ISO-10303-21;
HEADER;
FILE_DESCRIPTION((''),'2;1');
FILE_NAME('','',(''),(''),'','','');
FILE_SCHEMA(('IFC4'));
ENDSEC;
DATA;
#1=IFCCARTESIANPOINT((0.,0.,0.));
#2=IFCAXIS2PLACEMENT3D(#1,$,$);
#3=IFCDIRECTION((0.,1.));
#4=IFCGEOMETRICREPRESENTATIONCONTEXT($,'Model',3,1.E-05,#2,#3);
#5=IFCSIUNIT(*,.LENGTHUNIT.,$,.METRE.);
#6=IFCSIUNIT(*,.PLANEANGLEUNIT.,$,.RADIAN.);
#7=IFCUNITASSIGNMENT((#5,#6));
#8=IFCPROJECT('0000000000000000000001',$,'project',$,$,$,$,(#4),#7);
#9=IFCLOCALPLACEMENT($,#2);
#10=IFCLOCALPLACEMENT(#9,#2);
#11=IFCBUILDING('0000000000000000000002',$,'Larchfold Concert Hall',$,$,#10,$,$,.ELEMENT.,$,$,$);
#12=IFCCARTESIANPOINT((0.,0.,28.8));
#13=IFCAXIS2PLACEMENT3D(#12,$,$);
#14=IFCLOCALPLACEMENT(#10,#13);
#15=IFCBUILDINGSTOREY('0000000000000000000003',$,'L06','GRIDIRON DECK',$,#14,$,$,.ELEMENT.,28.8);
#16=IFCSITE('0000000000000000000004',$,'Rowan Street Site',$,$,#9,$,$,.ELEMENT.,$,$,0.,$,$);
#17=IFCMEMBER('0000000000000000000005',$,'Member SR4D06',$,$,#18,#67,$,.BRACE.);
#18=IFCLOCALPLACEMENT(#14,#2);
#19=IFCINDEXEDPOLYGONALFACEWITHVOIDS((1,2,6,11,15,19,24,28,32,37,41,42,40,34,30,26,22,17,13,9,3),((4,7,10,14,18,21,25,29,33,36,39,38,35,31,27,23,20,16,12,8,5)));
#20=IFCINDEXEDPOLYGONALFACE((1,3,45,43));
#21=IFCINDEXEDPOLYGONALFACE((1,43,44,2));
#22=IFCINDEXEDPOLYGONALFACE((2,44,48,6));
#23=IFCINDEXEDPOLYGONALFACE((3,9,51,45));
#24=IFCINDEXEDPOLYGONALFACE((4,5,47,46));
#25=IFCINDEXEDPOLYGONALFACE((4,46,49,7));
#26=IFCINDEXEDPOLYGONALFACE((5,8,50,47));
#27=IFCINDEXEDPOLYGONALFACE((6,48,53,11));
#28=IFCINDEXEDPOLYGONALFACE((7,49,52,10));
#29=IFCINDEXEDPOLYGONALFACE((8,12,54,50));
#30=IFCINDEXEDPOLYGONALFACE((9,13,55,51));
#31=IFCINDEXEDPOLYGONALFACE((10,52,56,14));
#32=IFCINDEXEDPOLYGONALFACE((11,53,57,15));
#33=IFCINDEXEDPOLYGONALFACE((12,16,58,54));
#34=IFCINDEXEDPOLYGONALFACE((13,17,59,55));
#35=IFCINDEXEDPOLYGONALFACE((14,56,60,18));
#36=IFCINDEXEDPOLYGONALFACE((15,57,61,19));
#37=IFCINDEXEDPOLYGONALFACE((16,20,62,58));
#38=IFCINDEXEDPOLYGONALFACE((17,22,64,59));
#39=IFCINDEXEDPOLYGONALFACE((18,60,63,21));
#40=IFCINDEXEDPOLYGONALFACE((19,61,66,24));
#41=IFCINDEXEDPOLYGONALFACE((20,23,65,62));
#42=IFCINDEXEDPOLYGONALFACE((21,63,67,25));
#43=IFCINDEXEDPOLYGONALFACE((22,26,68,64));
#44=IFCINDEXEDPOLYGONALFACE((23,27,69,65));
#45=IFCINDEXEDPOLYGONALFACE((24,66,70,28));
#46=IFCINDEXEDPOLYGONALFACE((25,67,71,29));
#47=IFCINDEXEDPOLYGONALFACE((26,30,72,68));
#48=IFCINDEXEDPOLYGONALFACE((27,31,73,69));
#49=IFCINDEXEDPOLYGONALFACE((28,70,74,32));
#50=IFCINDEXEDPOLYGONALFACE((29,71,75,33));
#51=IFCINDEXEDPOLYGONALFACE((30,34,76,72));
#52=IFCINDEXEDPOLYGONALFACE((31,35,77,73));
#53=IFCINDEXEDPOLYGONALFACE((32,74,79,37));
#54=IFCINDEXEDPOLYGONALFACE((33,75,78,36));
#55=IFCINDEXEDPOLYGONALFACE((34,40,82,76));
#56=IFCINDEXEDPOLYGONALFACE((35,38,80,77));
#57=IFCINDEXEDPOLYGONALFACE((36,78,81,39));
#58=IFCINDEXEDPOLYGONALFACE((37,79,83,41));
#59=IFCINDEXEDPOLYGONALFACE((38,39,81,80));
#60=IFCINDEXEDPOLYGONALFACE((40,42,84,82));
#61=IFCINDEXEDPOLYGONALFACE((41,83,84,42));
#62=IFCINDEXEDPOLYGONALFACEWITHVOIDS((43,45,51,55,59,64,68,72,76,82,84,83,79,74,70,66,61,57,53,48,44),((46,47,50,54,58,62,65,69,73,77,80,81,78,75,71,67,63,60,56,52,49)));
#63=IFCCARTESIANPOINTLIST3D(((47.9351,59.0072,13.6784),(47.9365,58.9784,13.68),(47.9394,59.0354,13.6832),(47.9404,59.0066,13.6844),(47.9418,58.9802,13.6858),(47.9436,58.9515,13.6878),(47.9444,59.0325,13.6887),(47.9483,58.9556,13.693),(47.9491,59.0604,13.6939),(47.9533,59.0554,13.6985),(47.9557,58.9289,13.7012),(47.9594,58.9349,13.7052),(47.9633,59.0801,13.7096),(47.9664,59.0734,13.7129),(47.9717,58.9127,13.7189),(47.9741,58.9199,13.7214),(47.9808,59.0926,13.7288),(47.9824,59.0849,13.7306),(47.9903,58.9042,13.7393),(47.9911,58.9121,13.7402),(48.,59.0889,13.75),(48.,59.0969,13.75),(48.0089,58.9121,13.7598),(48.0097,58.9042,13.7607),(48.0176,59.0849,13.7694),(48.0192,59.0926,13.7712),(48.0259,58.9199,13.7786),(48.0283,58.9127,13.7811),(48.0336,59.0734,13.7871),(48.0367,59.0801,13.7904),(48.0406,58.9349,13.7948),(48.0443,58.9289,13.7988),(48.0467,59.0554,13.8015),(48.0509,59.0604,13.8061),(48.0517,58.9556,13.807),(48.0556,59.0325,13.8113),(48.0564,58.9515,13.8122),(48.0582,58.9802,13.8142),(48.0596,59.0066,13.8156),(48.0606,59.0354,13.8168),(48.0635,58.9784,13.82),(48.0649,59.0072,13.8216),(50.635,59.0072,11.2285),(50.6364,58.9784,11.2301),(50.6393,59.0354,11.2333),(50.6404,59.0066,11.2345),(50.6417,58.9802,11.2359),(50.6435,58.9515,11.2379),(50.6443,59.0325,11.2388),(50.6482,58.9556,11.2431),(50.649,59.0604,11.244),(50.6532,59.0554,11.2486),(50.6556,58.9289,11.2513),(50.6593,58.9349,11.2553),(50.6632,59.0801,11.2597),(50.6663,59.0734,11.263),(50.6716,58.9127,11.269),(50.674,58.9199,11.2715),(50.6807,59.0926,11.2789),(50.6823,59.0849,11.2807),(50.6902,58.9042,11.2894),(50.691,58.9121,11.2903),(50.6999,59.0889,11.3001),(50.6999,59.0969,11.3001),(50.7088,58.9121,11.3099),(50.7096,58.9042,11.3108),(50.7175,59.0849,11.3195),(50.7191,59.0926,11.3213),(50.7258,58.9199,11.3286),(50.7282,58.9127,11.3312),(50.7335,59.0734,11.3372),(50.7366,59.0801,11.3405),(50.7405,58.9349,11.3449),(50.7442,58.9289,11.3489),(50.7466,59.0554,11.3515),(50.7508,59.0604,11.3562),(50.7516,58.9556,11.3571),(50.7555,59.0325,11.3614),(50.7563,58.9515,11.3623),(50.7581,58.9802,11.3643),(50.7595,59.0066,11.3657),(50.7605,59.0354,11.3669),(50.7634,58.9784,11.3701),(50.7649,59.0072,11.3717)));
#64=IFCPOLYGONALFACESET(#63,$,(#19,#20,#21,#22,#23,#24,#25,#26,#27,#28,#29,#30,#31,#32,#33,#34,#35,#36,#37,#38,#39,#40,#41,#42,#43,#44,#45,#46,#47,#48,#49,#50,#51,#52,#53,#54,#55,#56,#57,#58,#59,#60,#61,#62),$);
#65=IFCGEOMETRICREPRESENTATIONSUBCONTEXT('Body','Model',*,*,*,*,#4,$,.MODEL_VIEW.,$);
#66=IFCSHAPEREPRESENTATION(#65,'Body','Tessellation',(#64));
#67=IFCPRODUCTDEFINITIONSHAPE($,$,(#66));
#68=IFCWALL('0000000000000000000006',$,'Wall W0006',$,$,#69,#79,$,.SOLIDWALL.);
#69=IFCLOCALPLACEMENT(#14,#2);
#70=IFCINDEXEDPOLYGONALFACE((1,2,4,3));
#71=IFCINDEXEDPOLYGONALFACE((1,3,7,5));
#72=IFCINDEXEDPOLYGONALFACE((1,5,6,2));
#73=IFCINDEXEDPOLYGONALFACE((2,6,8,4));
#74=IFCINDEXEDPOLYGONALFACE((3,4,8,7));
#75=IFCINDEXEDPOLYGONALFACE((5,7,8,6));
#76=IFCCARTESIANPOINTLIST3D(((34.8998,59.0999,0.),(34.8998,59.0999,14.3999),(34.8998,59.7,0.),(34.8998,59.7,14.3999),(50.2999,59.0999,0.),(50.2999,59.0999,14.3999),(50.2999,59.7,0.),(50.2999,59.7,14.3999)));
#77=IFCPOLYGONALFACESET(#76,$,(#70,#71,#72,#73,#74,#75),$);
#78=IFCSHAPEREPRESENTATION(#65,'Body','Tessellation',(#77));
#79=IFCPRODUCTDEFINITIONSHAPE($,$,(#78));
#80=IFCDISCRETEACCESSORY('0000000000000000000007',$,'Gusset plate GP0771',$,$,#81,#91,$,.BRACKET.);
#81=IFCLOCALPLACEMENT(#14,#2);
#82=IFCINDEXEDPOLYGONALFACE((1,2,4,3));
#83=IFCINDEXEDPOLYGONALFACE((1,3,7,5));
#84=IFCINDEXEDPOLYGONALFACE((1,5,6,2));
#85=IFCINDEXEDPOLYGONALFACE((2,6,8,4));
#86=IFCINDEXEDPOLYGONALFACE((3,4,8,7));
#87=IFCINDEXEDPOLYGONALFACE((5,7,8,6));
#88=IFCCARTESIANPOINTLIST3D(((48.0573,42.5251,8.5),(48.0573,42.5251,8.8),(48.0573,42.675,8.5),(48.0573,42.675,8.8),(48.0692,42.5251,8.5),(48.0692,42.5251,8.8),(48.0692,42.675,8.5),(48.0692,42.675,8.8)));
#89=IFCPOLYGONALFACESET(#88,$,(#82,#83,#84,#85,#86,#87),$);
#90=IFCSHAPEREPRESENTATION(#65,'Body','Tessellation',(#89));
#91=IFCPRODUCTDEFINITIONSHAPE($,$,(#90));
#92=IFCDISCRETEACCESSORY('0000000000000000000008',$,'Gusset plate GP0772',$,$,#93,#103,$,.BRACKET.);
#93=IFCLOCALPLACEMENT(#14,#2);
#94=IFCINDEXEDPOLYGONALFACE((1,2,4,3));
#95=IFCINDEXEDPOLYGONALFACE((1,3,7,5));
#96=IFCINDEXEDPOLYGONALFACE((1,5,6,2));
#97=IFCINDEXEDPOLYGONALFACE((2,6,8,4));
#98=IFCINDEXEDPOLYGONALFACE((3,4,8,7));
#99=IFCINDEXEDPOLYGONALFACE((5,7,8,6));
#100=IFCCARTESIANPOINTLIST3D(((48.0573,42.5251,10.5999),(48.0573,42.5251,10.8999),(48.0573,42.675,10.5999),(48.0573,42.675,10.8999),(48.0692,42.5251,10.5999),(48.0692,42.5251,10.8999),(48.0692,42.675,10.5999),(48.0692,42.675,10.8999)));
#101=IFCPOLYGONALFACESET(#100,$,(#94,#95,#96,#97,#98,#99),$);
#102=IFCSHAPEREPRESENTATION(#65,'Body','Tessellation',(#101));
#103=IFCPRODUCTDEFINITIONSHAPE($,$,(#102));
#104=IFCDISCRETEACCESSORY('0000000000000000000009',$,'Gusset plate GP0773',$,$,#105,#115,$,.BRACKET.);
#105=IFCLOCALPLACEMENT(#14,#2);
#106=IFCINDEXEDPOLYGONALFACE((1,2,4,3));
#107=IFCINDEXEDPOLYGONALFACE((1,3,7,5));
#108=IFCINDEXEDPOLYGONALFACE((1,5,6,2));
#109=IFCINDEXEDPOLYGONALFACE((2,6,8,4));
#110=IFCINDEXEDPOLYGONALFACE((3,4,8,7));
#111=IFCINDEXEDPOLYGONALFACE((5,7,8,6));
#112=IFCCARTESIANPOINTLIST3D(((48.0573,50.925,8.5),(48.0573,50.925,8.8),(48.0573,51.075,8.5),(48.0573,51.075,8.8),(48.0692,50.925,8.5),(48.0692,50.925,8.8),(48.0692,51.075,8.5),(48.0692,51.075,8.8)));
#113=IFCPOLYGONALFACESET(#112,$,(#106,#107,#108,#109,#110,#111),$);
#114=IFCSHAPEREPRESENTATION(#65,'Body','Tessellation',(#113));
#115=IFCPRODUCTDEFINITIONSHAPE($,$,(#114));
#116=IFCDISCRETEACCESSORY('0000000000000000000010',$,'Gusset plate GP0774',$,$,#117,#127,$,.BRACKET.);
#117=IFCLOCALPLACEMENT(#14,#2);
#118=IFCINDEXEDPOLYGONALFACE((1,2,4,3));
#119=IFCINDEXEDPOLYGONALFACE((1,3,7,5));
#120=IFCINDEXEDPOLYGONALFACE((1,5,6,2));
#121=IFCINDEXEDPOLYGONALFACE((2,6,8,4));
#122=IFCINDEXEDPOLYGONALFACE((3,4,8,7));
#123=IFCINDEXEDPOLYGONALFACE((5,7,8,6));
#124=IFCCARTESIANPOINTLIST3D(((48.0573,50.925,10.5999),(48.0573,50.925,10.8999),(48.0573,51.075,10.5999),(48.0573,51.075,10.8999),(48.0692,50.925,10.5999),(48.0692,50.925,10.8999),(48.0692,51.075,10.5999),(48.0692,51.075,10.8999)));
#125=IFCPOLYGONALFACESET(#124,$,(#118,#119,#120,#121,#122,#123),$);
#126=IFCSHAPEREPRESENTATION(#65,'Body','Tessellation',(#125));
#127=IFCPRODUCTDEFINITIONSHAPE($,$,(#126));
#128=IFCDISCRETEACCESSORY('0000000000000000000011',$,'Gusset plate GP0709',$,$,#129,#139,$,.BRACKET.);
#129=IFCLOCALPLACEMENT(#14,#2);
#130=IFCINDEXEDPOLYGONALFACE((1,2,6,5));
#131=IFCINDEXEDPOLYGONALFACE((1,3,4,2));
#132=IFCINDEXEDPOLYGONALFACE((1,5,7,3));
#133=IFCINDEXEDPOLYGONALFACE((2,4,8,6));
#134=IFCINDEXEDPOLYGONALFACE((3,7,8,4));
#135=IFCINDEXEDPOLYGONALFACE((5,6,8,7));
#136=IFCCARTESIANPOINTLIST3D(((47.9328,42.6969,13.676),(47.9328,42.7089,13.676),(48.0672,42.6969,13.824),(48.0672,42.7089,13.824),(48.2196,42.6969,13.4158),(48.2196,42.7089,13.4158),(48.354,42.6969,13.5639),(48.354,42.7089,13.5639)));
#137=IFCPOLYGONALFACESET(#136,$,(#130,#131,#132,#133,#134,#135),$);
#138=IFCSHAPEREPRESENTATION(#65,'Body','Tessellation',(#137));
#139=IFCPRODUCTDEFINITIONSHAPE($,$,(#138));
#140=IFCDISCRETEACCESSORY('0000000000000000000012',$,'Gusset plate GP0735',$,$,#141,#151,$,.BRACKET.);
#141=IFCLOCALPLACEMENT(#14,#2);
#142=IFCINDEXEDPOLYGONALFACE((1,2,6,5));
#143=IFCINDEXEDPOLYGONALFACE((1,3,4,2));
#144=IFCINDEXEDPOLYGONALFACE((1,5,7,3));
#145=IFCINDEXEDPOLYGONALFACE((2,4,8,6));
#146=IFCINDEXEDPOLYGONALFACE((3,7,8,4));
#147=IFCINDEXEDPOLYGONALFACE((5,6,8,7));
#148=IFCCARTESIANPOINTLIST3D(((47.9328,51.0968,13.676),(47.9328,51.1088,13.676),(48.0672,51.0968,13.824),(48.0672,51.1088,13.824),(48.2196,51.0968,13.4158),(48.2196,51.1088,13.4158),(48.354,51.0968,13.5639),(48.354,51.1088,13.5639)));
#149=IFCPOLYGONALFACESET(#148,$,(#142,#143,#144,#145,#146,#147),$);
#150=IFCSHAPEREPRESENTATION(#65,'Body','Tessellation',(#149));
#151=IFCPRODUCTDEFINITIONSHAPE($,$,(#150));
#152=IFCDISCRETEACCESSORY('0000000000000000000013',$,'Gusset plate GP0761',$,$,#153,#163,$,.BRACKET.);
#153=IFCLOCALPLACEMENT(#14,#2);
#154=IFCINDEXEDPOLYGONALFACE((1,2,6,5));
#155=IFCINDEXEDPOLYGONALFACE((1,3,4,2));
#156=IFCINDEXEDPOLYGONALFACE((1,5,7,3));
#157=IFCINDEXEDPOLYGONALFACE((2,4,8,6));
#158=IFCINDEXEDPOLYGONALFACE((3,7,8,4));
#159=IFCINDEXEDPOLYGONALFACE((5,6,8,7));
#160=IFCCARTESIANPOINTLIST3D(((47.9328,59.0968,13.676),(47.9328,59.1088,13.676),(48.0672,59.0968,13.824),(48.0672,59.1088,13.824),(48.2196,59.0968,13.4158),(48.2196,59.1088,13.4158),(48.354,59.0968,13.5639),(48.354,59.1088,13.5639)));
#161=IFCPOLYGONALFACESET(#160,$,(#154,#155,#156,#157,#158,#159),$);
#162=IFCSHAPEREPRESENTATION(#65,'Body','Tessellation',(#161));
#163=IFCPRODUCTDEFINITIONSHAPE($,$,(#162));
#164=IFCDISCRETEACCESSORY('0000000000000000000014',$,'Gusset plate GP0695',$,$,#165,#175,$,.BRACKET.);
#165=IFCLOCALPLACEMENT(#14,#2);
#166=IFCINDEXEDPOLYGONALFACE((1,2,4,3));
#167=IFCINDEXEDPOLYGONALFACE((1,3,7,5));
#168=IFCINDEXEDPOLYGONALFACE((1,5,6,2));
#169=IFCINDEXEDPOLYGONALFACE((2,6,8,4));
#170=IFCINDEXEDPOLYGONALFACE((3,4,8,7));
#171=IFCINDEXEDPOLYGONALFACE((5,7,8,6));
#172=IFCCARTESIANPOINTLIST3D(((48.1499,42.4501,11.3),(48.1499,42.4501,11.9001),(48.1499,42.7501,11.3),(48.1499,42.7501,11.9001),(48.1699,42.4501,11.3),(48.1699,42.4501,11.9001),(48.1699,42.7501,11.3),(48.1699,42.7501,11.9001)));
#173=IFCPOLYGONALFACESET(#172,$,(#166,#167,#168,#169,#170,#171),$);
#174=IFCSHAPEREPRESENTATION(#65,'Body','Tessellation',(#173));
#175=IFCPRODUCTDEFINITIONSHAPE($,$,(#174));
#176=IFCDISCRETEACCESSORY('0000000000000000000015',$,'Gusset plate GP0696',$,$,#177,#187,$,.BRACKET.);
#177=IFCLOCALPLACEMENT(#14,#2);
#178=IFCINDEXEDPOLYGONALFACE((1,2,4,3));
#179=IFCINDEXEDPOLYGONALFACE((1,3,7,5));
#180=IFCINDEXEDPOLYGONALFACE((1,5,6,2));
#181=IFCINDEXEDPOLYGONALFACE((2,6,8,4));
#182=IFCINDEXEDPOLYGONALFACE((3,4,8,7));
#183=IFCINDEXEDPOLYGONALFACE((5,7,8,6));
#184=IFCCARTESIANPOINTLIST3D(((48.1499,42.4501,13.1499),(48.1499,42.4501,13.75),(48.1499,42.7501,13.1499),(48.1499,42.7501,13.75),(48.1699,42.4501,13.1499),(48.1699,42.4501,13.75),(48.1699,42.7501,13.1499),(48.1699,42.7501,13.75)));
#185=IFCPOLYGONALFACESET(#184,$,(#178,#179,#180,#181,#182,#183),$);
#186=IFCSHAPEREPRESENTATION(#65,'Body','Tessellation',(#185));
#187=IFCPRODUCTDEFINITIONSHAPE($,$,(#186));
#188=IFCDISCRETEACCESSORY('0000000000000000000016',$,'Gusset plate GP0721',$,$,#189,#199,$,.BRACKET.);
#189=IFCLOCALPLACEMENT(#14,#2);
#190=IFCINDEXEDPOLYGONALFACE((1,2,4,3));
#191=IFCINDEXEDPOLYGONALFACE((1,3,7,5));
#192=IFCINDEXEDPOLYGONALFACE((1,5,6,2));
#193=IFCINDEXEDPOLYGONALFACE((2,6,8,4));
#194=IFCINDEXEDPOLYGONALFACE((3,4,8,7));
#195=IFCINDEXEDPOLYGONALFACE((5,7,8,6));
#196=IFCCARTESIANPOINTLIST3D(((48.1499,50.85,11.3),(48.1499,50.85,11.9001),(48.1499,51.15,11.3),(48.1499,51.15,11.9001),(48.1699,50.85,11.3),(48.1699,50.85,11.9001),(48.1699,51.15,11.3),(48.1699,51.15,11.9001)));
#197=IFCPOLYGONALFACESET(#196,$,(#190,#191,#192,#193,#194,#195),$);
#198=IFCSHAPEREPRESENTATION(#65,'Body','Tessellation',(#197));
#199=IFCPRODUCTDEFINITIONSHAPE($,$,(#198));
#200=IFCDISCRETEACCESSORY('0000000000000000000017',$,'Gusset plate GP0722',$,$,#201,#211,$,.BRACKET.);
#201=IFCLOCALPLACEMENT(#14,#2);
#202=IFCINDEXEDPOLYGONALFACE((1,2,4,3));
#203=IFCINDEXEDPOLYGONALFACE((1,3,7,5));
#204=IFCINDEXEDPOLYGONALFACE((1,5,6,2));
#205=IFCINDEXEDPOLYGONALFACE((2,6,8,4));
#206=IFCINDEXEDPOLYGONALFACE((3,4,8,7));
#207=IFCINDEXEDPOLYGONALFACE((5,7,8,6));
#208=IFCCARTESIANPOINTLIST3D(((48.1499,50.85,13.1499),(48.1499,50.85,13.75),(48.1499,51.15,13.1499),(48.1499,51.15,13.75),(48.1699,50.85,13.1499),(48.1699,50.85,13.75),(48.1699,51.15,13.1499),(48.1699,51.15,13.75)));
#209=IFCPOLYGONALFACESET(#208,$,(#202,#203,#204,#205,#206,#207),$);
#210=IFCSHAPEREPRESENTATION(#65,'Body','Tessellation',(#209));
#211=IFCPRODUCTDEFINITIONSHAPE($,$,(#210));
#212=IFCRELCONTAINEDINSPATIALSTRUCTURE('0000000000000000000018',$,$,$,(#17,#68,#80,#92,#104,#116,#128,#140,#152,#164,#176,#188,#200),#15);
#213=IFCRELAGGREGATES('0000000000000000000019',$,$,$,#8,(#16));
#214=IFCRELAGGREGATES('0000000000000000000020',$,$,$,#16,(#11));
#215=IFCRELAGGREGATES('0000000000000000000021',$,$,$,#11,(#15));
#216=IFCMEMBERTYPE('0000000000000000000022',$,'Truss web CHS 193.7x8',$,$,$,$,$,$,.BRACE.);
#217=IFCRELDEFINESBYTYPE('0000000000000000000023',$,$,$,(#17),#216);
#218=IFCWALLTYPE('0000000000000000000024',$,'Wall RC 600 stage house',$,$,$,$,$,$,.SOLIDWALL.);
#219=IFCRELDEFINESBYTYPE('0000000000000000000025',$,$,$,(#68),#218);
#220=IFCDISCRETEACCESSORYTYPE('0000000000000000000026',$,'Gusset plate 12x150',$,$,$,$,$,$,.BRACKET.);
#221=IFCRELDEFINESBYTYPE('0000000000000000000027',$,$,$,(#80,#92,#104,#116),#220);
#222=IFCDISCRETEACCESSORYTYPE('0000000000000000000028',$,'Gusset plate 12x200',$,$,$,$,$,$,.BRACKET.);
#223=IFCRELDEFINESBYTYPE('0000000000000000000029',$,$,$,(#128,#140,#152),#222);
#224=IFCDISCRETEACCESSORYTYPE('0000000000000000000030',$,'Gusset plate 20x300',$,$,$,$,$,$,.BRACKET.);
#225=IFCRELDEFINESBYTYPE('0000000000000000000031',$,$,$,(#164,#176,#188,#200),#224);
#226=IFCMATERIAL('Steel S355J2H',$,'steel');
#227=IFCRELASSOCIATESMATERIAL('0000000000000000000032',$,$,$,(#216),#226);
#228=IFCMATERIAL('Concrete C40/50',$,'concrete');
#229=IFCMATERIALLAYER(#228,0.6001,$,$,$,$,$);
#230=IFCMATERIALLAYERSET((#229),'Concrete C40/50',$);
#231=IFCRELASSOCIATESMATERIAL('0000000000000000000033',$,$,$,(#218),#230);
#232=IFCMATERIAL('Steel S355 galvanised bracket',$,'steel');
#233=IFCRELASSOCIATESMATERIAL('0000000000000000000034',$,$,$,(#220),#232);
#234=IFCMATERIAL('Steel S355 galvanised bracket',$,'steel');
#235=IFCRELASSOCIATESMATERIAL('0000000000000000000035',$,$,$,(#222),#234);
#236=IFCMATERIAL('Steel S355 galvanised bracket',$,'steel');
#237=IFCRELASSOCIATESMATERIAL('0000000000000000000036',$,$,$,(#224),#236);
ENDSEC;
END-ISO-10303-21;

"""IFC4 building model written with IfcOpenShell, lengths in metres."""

from ifc_helpers import new_model, si_unit, direction, frame, frame_2d, origin, origin_2d, place, context, subcontext, project, spatial, rectangle, hollow_circle, extrude, material, layer, layer_set, material_profile, profile_set, type_object, element, save


model = new_model("IFC4")

# Units and contexts
model_context = context("Model", 3, precision=1e-05, world=origin(), true_north=direction((0.0, 1.0)))
body_context = subcontext(model_context, "Body", "Model", "MODEL_VIEW")
ifc_project = project(units=[si_unit("LENGTHUNIT", "METRE"), si_unit("PLANEANGLEUNIT", "RADIAN")], contexts=[model_context])

# Site, building, storey
site_placement = place(None, origin())
site = spatial("IfcSite", under=ifc_project, at=site_placement, Name="Rowan Street Site", CompositionType="ELEMENT", RefElevation=0.0)
building_placement = place(site_placement, origin())
building = spatial("IfcBuilding", under=site, at=building_placement, Name="Larchfold Concert Hall", CompositionType="ELEMENT")
storey_placement = place(building_placement, frame((0.0, 0.0, 28.8)))
storey = spatial("IfcBuildingStorey", under=building, at=storey_placement, Name="L06", Description="GRIDIRON DECK", CompositionType="ELEMENT", Elevation=28.8)

# Member
ifc_material_1 = material(Name="Steel S355J2H", Category="steel")
ifc_material_profile_1 = material_profile(ifc_material_1, hollow_circle(Radius=0.0969, WallThickness=0.0081, at=origin_2d()))
ifc_profile_set_1 = profile_set([ifc_material_profile_1], Name="Steel S355J2H")
member_type_1 = type_object("IfcMemberType", Name="Truss web CHS 193.7x8", PredefinedType="BRACE", material=ifc_profile_set_1)
for number, where, z_axis, x_axis, name in (
    (1, (48.0, 59.0, 13.75), (0.740561, 0.0, -0.671989), (0.0, 1.0, 0.0), "Member SR4D06"),
):
    element("IfcMember", number, at=place(storey_placement, frame(where, z_axis=z_axis, x_axis=x_axis)), inside=storey, type_object=member_type_1, Name=name, PredefinedType="BRACE", context=body_context, shape_type="SweptSolid", body=[
        extrude(hollow_circle(Radius=0.0969, WallThickness=0.0081, at=origin_2d()), origin(), (0.0, 0.0, 1.0), 3.6458),
    ])

# Wall
ifc_material_2 = material(Name="Concrete C40/50", Category="concrete")
ifc_layer = layer(ifc_material_2, 0.6001)
ifc_layer_set = layer_set([ifc_layer], Name="Concrete C40/50")
wall_type = type_object("IfcWallType", Name="Wall RC 600 stage house", PredefinedType="SOLIDWALL", material=ifc_layer_set)
wall_placement = place(storey_placement, frame((50.3, 59.3999, 0.0), z_axis=(0.0, 0.0, 1.0), x_axis=(-1.0, 0.0, 0.0)))
element("IfcWall", 2, at=wall_placement, inside=storey, type_object=wall_type, Name="Wall W0006", PredefinedType="SOLIDWALL", context=body_context, shape_type="SweptSolid", body=[
    extrude(rectangle(XDim=15.4001, YDim=0.6001, at=frame_2d((7.7002, 0.0))), origin(), (0.0, 0.0, 1.0), 14.3999),
])

# Discrete accessories
ifc_material_3 = material(Name="Steel S355 galvanised bracket", Category="steel")
ifc_material_profile_2 = material_profile(ifc_material_3, rectangle(XDim=0.012, YDim=0.1499, at=origin_2d()))
ifc_profile_set_2 = profile_set([ifc_material_profile_2], Name="Steel S355 galvanised bracket")
discrete_accessory_type_1 = type_object("IfcDiscreteAccessoryType", Name="Gusset plate 12x150", PredefinedType="BRACKET", material=ifc_profile_set_2)
for number, where, z_axis, x_axis, name in (
    (3, (48.0632, 42.6001, 8.5), (0.0, 0.0, 1.0), (1.0, 0.0, 0.0), "Gusset plate GP0771"),
    (4, (48.0632, 42.6001, 10.5999), (0.0, 0.0, 1.0), (1.0, 0.0, 0.0), "Gusset plate GP0772"),
    (5, (48.0632, 51.0, 8.5), (0.0, 0.0, 1.0), (1.0, 0.0, 0.0), "Gusset plate GP0773"),
    (6, (48.0632, 51.0, 10.5999), (0.0, 0.0, 1.0), (1.0, 0.0, 0.0), "Gusset plate GP0774"),
):
    element("IfcDiscreteAccessory", number, at=place(storey_placement, frame(where, z_axis=z_axis, x_axis=x_axis)), inside=storey, type_object=discrete_accessory_type_1, Name=name, PredefinedType="BRACKET", context=body_context, shape_type="SweptSolid", body=[
        extrude(rectangle(XDim=0.012, YDim=0.1499, at=origin_2d()), origin(), (0.0, 0.0, 1.0), 0.3),
    ])
ifc_material_4 = material(Name="Steel S355 galvanised bracket", Category="steel")
ifc_material_profile_3 = material_profile(ifc_material_4, rectangle(XDim=0.012, YDim=0.2, at=origin_2d()))
ifc_profile_set_3 = profile_set([ifc_material_profile_3], Name="Steel S355 galvanised bracket")
discrete_accessory_type_2 = type_object("IfcDiscreteAccessoryType", Name="Gusset plate 12x200", PredefinedType="BRACKET", material=ifc_profile_set_3)
for number, where, z_axis, x_axis, name in (
    (7, (48.0, 42.7029, 13.75), (0.740624, 0.0, -0.671919), (0.0, 1.0, 0.0), "Gusset plate GP0709"),
    (8, (48.0, 51.1028, 13.75), (0.740624, 0.0, -0.671919), (0.0, 1.0, 0.0), "Gusset plate GP0735"),
    (9, (48.0, 59.1028, 13.75), (0.740624, 0.0, -0.671919), (0.0, 1.0, 0.0), "Gusset plate GP0761"),
):
    element("IfcDiscreteAccessory", number, at=place(storey_placement, frame(where, z_axis=z_axis, x_axis=x_axis)), inside=storey, type_object=discrete_accessory_type_2, Name=name, PredefinedType="BRACKET", context=body_context, shape_type="SweptSolid", body=[
        extrude(rectangle(XDim=0.012, YDim=0.2, at=origin_2d()), origin(), (0.0, 0.0, 1.0), 0.3872),
    ])
ifc_material_5 = material(Name="Steel S355 galvanised bracket", Category="steel")
ifc_material_profile_4 = material_profile(ifc_material_5, rectangle(XDim=0.02, YDim=0.3, at=origin_2d()))
ifc_profile_set_4 = profile_set([ifc_material_profile_4], Name="Steel S355 galvanised bracket")
discrete_accessory_type_3 = type_object("IfcDiscreteAccessoryType", Name="Gusset plate 20x300", PredefinedType="BRACKET", material=ifc_profile_set_4)
for number, where, z_axis, x_axis, name in (
    (10, (48.1599, 42.6001, 11.3), (0.0, 0.0, 1.0), (1.0, 0.0, 0.0), "Gusset plate GP0695"),
    (11, (48.1599, 42.6001, 13.1499), (0.0, 0.0, 1.0), (1.0, 0.0, 0.0), "Gusset plate GP0696"),
    (12, (48.1599, 51.0, 11.3), (0.0, 0.0, 1.0), (1.0, 0.0, 0.0), "Gusset plate GP0721"),
    (13, (48.1599, 51.0, 13.1499), (0.0, 0.0, 1.0), (1.0, 0.0, 0.0), "Gusset plate GP0722"),
):
    element("IfcDiscreteAccessory", number, at=place(storey_placement, frame(where, z_axis=z_axis, x_axis=x_axis)), inside=storey, type_object=discrete_accessory_type_3, Name=name, PredefinedType="BRACKET", context=body_context, shape_type="SweptSolid", body=[
        extrude(rectangle(XDim=0.02, YDim=0.3, at=origin_2d()), origin(), (0.0, 0.0, 1.0), 0.6001),
    ])

save(model, "model.ifc")
